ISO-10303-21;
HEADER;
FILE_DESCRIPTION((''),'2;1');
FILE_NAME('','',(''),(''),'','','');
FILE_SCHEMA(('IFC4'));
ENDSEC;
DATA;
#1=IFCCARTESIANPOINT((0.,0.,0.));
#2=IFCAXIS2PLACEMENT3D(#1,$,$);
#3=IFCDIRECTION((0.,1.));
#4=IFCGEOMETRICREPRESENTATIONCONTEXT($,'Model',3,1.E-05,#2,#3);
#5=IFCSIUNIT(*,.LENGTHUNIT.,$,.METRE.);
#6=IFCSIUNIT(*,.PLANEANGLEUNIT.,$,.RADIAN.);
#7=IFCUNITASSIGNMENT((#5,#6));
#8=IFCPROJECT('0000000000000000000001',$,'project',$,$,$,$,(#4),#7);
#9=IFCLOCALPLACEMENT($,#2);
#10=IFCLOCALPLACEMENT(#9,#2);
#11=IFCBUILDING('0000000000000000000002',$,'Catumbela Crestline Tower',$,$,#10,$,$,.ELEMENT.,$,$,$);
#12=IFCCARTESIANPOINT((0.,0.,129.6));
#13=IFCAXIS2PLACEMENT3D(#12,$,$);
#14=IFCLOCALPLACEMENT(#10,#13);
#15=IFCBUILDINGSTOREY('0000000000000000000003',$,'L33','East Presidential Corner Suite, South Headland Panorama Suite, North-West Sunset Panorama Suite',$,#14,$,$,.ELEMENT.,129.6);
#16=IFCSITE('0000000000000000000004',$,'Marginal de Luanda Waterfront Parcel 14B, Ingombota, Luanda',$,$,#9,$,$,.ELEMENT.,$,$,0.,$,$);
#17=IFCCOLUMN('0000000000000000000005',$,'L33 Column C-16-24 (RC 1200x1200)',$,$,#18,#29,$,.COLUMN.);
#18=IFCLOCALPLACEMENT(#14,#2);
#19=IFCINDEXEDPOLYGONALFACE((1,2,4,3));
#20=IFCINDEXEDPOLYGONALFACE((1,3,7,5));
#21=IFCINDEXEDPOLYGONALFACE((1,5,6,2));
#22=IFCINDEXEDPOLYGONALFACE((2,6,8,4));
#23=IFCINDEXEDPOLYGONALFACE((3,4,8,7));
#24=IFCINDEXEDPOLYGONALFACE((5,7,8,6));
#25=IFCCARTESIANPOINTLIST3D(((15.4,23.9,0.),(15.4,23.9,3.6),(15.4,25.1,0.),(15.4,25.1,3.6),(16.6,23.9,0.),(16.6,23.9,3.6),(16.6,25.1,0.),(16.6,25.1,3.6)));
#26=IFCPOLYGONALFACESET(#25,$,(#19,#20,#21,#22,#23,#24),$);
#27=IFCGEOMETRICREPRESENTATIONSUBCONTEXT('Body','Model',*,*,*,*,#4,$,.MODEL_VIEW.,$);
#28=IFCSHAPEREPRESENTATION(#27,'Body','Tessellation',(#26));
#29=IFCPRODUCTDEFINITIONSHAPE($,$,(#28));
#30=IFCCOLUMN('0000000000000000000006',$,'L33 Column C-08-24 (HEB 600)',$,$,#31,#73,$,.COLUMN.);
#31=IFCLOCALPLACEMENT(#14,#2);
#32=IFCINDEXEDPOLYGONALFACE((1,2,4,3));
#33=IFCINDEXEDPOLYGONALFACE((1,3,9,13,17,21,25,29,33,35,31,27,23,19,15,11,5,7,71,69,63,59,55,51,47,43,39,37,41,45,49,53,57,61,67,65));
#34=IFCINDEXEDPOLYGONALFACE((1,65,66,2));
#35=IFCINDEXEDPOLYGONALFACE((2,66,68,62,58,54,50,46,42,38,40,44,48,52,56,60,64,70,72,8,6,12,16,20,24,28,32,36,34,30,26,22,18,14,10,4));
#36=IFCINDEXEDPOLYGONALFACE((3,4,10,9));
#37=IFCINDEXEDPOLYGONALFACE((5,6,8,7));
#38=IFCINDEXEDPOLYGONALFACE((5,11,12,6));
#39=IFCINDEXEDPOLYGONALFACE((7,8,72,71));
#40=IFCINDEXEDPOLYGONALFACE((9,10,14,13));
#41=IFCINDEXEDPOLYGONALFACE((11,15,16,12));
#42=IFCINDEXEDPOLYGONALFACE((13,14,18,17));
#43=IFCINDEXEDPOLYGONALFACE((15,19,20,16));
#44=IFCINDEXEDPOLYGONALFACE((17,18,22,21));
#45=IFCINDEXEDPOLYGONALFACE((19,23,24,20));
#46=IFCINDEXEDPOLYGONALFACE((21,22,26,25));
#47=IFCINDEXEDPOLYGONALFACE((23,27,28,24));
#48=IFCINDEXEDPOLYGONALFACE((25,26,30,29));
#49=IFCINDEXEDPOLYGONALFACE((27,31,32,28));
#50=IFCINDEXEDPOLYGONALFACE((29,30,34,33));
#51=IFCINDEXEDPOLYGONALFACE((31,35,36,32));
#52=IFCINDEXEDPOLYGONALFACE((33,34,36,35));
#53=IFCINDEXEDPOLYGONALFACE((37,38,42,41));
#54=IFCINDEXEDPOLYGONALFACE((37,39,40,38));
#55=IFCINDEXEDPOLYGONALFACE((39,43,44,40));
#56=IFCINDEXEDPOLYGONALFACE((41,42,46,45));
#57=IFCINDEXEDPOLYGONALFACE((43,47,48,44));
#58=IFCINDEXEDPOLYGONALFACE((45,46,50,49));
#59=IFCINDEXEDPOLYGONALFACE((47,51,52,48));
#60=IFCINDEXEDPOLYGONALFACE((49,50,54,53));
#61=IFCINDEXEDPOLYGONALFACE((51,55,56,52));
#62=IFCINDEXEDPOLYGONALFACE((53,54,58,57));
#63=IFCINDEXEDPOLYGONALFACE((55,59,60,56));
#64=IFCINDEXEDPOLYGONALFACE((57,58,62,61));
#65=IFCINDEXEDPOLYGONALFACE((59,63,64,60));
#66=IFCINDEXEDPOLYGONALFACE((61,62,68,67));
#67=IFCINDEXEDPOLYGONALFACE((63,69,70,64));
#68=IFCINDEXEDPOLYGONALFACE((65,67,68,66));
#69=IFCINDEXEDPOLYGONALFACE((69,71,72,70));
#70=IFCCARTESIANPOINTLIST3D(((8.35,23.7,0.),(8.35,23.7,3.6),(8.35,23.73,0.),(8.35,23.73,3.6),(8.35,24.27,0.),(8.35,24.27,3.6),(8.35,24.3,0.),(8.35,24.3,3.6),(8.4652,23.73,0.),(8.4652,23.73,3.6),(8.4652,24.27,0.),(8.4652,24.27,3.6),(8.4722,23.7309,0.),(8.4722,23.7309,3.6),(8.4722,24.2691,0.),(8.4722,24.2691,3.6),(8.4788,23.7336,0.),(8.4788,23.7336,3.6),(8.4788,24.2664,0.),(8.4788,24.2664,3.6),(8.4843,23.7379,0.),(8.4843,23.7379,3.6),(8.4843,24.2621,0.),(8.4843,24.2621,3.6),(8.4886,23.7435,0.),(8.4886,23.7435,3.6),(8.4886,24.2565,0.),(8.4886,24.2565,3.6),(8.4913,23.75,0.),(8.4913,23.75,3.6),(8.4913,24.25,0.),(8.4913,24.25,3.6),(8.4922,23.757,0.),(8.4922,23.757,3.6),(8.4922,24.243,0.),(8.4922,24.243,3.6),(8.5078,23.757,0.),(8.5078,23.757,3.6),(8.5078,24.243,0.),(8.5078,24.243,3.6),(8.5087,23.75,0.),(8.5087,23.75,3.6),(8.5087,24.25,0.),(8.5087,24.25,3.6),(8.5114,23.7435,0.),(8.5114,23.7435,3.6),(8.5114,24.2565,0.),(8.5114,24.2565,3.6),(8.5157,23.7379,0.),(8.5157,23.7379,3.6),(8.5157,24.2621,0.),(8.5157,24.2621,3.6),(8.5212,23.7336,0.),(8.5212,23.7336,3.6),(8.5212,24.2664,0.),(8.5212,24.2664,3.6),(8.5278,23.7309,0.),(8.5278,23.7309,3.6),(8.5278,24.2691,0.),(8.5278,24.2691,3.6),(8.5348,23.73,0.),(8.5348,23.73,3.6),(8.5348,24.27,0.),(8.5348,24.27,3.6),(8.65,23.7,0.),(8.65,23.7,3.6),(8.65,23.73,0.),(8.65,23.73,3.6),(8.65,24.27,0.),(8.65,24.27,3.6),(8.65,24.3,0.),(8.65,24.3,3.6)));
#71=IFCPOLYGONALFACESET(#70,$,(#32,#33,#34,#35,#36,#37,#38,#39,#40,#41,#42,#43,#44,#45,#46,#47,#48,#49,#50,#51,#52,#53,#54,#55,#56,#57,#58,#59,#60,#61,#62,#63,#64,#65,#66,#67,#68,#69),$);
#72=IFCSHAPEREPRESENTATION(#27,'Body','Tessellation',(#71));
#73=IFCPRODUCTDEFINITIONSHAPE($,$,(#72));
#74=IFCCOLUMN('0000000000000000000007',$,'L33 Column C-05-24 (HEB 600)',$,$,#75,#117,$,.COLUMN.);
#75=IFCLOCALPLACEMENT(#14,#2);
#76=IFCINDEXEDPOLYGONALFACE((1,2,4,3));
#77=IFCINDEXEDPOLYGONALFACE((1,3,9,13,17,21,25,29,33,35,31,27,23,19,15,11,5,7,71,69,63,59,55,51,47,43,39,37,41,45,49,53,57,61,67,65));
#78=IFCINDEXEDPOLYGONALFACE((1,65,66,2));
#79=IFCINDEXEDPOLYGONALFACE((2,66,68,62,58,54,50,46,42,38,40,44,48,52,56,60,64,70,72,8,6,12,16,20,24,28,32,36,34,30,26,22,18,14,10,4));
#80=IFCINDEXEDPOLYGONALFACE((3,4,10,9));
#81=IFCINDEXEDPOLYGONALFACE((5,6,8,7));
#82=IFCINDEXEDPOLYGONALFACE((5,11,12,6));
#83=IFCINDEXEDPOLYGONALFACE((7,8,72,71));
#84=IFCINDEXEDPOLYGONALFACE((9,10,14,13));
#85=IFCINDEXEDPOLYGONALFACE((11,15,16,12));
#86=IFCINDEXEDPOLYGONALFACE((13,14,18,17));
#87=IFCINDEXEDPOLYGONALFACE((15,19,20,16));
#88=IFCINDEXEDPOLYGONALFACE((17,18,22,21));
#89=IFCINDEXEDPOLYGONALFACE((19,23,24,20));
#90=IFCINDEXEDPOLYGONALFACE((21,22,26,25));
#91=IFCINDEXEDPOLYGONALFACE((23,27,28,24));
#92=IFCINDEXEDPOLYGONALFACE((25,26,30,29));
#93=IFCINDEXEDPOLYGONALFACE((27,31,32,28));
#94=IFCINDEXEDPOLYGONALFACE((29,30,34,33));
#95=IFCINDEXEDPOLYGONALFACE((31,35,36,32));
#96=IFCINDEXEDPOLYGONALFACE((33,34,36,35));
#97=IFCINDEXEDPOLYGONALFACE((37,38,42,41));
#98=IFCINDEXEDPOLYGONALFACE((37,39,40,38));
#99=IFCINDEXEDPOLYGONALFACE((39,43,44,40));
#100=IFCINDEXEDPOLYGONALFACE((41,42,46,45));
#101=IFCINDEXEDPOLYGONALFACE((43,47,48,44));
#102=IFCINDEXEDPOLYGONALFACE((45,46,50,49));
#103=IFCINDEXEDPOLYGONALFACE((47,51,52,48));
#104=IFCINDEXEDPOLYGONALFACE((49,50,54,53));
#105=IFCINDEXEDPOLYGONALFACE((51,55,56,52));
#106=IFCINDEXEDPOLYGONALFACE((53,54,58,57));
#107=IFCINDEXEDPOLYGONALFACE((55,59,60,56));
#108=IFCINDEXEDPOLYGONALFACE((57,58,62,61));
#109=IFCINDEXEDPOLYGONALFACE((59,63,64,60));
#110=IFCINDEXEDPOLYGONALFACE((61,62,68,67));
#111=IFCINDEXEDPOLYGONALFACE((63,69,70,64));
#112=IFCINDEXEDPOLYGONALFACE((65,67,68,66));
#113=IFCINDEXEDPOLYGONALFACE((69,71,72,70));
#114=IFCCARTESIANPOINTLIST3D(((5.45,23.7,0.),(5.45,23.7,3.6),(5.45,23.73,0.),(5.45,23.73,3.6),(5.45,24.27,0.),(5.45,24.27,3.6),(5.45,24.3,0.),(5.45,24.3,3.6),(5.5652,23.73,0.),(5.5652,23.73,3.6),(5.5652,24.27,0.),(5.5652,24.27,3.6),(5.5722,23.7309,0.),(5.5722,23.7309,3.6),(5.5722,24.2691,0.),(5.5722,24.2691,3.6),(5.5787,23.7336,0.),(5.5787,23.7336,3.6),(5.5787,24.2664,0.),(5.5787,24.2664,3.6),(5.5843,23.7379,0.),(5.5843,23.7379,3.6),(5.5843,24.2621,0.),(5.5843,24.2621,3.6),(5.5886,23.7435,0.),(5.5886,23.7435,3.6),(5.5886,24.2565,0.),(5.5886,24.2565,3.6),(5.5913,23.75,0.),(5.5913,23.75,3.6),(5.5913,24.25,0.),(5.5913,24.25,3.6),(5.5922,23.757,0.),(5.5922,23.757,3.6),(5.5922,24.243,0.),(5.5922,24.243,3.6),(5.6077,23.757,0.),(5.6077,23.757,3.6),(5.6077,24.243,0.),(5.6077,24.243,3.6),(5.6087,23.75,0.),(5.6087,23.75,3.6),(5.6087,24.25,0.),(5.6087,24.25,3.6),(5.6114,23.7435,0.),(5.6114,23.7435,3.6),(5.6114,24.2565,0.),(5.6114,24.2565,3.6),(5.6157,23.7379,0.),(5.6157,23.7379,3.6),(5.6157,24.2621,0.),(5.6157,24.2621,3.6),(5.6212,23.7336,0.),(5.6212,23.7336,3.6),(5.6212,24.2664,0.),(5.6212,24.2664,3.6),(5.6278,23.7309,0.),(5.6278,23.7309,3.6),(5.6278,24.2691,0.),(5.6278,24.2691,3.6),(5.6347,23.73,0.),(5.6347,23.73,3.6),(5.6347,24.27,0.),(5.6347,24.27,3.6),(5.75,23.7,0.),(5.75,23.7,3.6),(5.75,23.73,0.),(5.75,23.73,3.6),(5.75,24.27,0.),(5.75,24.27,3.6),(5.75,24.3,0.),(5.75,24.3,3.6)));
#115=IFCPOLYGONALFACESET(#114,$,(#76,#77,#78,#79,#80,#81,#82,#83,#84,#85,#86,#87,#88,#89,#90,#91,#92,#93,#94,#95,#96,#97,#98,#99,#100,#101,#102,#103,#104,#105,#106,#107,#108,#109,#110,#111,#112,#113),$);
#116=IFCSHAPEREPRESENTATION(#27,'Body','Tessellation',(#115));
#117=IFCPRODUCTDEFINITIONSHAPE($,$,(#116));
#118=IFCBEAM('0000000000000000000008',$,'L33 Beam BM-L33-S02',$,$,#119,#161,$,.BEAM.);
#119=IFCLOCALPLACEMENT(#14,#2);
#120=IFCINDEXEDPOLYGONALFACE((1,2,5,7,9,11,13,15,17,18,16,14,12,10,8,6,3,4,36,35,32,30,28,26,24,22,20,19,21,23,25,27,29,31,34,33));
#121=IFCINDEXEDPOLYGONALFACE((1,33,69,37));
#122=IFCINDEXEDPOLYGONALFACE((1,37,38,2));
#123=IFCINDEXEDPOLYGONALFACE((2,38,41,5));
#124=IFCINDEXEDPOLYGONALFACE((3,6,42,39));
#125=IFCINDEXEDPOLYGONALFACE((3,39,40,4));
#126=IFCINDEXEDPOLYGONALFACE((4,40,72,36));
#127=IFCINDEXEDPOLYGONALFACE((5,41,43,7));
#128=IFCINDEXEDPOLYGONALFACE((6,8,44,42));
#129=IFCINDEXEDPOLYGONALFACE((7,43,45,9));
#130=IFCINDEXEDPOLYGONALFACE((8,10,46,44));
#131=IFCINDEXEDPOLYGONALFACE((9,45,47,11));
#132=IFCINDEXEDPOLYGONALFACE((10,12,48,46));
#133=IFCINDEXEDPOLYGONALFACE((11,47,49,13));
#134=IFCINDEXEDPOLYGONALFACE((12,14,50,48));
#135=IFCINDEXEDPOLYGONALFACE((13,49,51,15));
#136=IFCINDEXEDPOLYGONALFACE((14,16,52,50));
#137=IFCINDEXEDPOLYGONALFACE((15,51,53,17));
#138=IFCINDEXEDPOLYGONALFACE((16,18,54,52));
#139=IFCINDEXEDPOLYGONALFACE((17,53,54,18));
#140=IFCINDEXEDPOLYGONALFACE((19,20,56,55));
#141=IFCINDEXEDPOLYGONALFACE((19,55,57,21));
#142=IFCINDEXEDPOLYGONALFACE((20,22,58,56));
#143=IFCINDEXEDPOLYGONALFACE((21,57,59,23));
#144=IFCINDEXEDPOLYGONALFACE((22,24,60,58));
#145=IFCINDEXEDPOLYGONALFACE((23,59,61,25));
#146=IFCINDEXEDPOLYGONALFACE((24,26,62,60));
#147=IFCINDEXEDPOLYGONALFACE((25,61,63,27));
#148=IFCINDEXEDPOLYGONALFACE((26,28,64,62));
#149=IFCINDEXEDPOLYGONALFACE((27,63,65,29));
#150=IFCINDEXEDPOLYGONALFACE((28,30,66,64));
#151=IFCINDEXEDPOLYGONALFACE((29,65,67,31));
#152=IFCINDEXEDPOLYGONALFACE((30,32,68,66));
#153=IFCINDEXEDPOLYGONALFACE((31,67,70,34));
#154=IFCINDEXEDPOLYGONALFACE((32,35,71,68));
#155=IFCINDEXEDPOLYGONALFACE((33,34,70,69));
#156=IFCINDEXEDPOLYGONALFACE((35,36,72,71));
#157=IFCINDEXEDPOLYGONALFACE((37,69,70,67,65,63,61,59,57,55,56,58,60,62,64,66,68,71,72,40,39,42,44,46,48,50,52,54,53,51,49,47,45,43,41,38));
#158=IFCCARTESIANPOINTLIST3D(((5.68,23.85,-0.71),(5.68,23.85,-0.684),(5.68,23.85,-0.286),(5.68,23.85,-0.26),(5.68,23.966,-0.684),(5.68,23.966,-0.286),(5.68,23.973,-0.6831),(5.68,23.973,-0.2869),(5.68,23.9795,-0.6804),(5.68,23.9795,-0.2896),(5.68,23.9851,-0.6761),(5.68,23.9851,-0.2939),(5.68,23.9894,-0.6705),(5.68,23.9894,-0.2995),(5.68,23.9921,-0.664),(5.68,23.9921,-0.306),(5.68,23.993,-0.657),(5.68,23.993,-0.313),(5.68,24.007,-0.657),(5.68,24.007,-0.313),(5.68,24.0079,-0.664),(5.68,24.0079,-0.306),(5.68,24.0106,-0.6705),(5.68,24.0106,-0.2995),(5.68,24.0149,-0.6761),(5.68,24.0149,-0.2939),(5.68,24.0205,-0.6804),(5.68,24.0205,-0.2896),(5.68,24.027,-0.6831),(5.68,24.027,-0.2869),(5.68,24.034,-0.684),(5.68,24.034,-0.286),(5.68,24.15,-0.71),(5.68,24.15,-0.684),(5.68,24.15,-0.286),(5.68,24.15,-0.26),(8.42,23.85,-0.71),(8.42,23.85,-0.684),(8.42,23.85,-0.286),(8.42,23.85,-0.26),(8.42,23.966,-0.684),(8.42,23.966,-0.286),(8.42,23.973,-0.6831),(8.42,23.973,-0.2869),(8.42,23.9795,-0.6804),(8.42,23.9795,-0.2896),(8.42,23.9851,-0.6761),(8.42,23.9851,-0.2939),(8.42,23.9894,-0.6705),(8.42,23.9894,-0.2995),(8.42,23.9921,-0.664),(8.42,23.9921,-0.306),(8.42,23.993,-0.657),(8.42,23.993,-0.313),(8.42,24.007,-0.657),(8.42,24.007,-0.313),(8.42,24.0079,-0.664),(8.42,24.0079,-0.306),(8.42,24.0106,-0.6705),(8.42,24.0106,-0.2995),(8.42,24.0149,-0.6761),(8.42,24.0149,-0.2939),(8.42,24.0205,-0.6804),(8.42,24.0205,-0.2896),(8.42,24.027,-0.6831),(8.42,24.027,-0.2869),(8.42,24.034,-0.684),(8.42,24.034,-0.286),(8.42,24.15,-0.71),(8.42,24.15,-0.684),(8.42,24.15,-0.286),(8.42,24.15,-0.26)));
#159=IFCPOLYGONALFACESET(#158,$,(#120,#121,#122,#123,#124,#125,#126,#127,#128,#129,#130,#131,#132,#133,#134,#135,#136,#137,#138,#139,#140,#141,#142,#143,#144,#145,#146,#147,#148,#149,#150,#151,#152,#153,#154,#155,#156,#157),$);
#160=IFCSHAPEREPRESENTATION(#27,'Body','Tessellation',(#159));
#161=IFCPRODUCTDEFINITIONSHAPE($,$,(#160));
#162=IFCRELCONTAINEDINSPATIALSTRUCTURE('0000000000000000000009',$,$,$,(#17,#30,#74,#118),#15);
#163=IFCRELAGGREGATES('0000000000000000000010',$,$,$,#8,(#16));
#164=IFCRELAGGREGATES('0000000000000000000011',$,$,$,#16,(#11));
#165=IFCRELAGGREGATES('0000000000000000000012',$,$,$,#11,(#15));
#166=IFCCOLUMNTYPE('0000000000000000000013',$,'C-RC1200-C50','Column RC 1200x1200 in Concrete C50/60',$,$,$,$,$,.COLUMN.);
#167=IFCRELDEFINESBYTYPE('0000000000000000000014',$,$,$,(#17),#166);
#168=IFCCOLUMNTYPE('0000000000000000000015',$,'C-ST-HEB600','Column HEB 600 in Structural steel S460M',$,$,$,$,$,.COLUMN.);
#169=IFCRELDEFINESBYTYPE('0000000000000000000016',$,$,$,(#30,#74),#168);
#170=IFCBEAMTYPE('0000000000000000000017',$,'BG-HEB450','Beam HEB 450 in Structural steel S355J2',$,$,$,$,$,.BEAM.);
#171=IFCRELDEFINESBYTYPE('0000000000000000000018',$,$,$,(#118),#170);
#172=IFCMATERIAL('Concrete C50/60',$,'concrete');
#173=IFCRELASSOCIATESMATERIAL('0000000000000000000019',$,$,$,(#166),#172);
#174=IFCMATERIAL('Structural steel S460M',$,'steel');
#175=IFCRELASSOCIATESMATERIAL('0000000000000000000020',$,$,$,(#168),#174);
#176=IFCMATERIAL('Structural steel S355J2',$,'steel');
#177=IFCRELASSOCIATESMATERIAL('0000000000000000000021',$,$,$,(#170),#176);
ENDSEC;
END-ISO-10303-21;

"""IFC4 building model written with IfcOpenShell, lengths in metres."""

from ifc_helpers import new_model, si_unit, direction, frame, origin, origin_2d, place, context, subcontext, project, spatial, rectangle, i_section, extrude, material, material_profile, profile_set, type_object, element, save


model = new_model("IFC4")

# Units and contexts
model_context = context("Model", 3, precision=1e-05, world=origin(), true_north=direction((0.0, 1.0)))
body_context = subcontext(model_context, "Body", "Model", "MODEL_VIEW")
ifc_project = project(units=[si_unit("LENGTHUNIT", "METRE"), si_unit("PLANEANGLEUNIT", "RADIAN")], contexts=[model_context])

# Site, building, storey
site_placement = place(None, origin())
site = spatial("IfcSite", under=ifc_project, at=site_placement, Name="Marginal de Luanda Waterfront Parcel 14B, Ingombota, Luanda", CompositionType="ELEMENT", RefElevation=0.0)
building_placement = place(site_placement, origin())
building = spatial("IfcBuilding", under=site, at=building_placement, Name="Catumbela Crestline Tower", CompositionType="ELEMENT")
storey_placement = place(building_placement, frame((0.0, 0.0, 129.6)))
storey = spatial("IfcBuildingStorey", under=building, at=storey_placement, Name="L33", Description="East Presidential Corner Suite, South Headland Panorama Suite, North-West Sunset Panorama Suite", CompositionType="ELEMENT", Elevation=129.6)

# Columns
ifc_material_1 = material(Name="Concrete C50/60", Category="concrete")
ifc_material_profile_1 = material_profile(ifc_material_1, rectangle(XDim=1.2, YDim=1.2, at=origin_2d()), Name="RC 1200x1200")
ifc_profile_set_1 = profile_set([ifc_material_profile_1], Name="Concrete C50/60")
column_type_1 = type_object("IfcColumnType", Name="C-RC1200-C50", Description="Column RC 1200x1200 in Concrete C50/60", PredefinedType="COLUMN", material=ifc_profile_set_1)
column_placement = place(storey_placement, frame((16.0, 24.5, 0.0), z_axis=(0.0, 0.0, 1.0), x_axis=(1.0, 0.0, 0.0)))
element("IfcColumn", 1, at=column_placement, inside=storey, type_object=column_type_1, Name="L33 Column C-16-24 (RC 1200x1200)", PredefinedType="COLUMN", context=body_context, shape_type="SweptSolid", body=[
    extrude(rectangle(XDim=1.2, YDim=1.2, at=origin_2d()), origin(), (0.0, 0.0, 1.0), 3.6),
])
ifc_material_2 = material(Name="Structural steel S460M", Category="steel")
ifc_material_profile_2 = material_profile(ifc_material_2, i_section(OverallWidth=0.3, OverallDepth=0.6, WebThickness=0.0155, FlangeThickness=0.03, FilletRadius=0.027, at=origin_2d()), Name="HEB 600")
ifc_profile_set_2 = profile_set([ifc_material_profile_2], Name="Structural steel S460M")
column_type_2 = type_object("IfcColumnType", Name="C-ST-HEB600", Description="Column HEB 600 in Structural steel S460M", PredefinedType="COLUMN", material=ifc_profile_set_2)
for number, where, z_axis, x_axis, name in (
    (2, (8.5, 24.0, 0.0), (0.0, 0.0, 1.0), (1.0, 0.0, 0.0), "L33 Column C-08-24 (HEB 600)"),
    (3, (5.6, 24.0, 0.0), (0.0, 0.0, 1.0), (1.0, 0.0, 0.0), "L33 Column C-05-24 (HEB 600)"),
):
    element("IfcColumn", number, at=place(storey_placement, frame(where, z_axis=z_axis, x_axis=x_axis)), inside=storey, type_object=column_type_2, Name=name, PredefinedType="COLUMN", context=body_context, shape_type="SweptSolid", body=[
        extrude(i_section(OverallWidth=0.3, OverallDepth=0.6, WebThickness=0.0155, FlangeThickness=0.03, FilletRadius=0.027, at=origin_2d()), origin(), (0.0, 0.0, 1.0), 3.6),
    ])

# Beam
ifc_material_3 = material(Name="Structural steel S355J2", Category="steel")
ifc_material_profile_3 = material_profile(ifc_material_3, i_section(OverallWidth=0.3, OverallDepth=0.45, WebThickness=0.014, FlangeThickness=0.026, FilletRadius=0.027, at=origin_2d()), Name="HEB 450")
ifc_profile_set_3 = profile_set([ifc_material_profile_3], Name="Structural steel S355J2")
beam_type = type_object("IfcBeamType", Name="BG-HEB450", Description="Beam HEB 450 in Structural steel S355J2", PredefinedType="BEAM", material=ifc_profile_set_3)
beam_1_placement = place(storey_placement, frame((5.68, 24.0, -0.485), z_axis=(1.0, 0.0, 0.0), x_axis=(0.0, 1.0, 0.0)))
element("IfcBeam", 4, at=beam_1_placement, inside=storey, type_object=beam_type, Name="L33 Beam BM-L33-S02", PredefinedType="BEAM", context=body_context, shape_type="SweptSolid", body=[
    extrude(i_section(OverallWidth=0.3, OverallDepth=0.45, WebThickness=0.014, FlangeThickness=0.026, FilletRadius=0.027, at=origin_2d()), origin(), (0.0, 0.0, 1.0), 2.74),
])

save(model, "model.ifc")
